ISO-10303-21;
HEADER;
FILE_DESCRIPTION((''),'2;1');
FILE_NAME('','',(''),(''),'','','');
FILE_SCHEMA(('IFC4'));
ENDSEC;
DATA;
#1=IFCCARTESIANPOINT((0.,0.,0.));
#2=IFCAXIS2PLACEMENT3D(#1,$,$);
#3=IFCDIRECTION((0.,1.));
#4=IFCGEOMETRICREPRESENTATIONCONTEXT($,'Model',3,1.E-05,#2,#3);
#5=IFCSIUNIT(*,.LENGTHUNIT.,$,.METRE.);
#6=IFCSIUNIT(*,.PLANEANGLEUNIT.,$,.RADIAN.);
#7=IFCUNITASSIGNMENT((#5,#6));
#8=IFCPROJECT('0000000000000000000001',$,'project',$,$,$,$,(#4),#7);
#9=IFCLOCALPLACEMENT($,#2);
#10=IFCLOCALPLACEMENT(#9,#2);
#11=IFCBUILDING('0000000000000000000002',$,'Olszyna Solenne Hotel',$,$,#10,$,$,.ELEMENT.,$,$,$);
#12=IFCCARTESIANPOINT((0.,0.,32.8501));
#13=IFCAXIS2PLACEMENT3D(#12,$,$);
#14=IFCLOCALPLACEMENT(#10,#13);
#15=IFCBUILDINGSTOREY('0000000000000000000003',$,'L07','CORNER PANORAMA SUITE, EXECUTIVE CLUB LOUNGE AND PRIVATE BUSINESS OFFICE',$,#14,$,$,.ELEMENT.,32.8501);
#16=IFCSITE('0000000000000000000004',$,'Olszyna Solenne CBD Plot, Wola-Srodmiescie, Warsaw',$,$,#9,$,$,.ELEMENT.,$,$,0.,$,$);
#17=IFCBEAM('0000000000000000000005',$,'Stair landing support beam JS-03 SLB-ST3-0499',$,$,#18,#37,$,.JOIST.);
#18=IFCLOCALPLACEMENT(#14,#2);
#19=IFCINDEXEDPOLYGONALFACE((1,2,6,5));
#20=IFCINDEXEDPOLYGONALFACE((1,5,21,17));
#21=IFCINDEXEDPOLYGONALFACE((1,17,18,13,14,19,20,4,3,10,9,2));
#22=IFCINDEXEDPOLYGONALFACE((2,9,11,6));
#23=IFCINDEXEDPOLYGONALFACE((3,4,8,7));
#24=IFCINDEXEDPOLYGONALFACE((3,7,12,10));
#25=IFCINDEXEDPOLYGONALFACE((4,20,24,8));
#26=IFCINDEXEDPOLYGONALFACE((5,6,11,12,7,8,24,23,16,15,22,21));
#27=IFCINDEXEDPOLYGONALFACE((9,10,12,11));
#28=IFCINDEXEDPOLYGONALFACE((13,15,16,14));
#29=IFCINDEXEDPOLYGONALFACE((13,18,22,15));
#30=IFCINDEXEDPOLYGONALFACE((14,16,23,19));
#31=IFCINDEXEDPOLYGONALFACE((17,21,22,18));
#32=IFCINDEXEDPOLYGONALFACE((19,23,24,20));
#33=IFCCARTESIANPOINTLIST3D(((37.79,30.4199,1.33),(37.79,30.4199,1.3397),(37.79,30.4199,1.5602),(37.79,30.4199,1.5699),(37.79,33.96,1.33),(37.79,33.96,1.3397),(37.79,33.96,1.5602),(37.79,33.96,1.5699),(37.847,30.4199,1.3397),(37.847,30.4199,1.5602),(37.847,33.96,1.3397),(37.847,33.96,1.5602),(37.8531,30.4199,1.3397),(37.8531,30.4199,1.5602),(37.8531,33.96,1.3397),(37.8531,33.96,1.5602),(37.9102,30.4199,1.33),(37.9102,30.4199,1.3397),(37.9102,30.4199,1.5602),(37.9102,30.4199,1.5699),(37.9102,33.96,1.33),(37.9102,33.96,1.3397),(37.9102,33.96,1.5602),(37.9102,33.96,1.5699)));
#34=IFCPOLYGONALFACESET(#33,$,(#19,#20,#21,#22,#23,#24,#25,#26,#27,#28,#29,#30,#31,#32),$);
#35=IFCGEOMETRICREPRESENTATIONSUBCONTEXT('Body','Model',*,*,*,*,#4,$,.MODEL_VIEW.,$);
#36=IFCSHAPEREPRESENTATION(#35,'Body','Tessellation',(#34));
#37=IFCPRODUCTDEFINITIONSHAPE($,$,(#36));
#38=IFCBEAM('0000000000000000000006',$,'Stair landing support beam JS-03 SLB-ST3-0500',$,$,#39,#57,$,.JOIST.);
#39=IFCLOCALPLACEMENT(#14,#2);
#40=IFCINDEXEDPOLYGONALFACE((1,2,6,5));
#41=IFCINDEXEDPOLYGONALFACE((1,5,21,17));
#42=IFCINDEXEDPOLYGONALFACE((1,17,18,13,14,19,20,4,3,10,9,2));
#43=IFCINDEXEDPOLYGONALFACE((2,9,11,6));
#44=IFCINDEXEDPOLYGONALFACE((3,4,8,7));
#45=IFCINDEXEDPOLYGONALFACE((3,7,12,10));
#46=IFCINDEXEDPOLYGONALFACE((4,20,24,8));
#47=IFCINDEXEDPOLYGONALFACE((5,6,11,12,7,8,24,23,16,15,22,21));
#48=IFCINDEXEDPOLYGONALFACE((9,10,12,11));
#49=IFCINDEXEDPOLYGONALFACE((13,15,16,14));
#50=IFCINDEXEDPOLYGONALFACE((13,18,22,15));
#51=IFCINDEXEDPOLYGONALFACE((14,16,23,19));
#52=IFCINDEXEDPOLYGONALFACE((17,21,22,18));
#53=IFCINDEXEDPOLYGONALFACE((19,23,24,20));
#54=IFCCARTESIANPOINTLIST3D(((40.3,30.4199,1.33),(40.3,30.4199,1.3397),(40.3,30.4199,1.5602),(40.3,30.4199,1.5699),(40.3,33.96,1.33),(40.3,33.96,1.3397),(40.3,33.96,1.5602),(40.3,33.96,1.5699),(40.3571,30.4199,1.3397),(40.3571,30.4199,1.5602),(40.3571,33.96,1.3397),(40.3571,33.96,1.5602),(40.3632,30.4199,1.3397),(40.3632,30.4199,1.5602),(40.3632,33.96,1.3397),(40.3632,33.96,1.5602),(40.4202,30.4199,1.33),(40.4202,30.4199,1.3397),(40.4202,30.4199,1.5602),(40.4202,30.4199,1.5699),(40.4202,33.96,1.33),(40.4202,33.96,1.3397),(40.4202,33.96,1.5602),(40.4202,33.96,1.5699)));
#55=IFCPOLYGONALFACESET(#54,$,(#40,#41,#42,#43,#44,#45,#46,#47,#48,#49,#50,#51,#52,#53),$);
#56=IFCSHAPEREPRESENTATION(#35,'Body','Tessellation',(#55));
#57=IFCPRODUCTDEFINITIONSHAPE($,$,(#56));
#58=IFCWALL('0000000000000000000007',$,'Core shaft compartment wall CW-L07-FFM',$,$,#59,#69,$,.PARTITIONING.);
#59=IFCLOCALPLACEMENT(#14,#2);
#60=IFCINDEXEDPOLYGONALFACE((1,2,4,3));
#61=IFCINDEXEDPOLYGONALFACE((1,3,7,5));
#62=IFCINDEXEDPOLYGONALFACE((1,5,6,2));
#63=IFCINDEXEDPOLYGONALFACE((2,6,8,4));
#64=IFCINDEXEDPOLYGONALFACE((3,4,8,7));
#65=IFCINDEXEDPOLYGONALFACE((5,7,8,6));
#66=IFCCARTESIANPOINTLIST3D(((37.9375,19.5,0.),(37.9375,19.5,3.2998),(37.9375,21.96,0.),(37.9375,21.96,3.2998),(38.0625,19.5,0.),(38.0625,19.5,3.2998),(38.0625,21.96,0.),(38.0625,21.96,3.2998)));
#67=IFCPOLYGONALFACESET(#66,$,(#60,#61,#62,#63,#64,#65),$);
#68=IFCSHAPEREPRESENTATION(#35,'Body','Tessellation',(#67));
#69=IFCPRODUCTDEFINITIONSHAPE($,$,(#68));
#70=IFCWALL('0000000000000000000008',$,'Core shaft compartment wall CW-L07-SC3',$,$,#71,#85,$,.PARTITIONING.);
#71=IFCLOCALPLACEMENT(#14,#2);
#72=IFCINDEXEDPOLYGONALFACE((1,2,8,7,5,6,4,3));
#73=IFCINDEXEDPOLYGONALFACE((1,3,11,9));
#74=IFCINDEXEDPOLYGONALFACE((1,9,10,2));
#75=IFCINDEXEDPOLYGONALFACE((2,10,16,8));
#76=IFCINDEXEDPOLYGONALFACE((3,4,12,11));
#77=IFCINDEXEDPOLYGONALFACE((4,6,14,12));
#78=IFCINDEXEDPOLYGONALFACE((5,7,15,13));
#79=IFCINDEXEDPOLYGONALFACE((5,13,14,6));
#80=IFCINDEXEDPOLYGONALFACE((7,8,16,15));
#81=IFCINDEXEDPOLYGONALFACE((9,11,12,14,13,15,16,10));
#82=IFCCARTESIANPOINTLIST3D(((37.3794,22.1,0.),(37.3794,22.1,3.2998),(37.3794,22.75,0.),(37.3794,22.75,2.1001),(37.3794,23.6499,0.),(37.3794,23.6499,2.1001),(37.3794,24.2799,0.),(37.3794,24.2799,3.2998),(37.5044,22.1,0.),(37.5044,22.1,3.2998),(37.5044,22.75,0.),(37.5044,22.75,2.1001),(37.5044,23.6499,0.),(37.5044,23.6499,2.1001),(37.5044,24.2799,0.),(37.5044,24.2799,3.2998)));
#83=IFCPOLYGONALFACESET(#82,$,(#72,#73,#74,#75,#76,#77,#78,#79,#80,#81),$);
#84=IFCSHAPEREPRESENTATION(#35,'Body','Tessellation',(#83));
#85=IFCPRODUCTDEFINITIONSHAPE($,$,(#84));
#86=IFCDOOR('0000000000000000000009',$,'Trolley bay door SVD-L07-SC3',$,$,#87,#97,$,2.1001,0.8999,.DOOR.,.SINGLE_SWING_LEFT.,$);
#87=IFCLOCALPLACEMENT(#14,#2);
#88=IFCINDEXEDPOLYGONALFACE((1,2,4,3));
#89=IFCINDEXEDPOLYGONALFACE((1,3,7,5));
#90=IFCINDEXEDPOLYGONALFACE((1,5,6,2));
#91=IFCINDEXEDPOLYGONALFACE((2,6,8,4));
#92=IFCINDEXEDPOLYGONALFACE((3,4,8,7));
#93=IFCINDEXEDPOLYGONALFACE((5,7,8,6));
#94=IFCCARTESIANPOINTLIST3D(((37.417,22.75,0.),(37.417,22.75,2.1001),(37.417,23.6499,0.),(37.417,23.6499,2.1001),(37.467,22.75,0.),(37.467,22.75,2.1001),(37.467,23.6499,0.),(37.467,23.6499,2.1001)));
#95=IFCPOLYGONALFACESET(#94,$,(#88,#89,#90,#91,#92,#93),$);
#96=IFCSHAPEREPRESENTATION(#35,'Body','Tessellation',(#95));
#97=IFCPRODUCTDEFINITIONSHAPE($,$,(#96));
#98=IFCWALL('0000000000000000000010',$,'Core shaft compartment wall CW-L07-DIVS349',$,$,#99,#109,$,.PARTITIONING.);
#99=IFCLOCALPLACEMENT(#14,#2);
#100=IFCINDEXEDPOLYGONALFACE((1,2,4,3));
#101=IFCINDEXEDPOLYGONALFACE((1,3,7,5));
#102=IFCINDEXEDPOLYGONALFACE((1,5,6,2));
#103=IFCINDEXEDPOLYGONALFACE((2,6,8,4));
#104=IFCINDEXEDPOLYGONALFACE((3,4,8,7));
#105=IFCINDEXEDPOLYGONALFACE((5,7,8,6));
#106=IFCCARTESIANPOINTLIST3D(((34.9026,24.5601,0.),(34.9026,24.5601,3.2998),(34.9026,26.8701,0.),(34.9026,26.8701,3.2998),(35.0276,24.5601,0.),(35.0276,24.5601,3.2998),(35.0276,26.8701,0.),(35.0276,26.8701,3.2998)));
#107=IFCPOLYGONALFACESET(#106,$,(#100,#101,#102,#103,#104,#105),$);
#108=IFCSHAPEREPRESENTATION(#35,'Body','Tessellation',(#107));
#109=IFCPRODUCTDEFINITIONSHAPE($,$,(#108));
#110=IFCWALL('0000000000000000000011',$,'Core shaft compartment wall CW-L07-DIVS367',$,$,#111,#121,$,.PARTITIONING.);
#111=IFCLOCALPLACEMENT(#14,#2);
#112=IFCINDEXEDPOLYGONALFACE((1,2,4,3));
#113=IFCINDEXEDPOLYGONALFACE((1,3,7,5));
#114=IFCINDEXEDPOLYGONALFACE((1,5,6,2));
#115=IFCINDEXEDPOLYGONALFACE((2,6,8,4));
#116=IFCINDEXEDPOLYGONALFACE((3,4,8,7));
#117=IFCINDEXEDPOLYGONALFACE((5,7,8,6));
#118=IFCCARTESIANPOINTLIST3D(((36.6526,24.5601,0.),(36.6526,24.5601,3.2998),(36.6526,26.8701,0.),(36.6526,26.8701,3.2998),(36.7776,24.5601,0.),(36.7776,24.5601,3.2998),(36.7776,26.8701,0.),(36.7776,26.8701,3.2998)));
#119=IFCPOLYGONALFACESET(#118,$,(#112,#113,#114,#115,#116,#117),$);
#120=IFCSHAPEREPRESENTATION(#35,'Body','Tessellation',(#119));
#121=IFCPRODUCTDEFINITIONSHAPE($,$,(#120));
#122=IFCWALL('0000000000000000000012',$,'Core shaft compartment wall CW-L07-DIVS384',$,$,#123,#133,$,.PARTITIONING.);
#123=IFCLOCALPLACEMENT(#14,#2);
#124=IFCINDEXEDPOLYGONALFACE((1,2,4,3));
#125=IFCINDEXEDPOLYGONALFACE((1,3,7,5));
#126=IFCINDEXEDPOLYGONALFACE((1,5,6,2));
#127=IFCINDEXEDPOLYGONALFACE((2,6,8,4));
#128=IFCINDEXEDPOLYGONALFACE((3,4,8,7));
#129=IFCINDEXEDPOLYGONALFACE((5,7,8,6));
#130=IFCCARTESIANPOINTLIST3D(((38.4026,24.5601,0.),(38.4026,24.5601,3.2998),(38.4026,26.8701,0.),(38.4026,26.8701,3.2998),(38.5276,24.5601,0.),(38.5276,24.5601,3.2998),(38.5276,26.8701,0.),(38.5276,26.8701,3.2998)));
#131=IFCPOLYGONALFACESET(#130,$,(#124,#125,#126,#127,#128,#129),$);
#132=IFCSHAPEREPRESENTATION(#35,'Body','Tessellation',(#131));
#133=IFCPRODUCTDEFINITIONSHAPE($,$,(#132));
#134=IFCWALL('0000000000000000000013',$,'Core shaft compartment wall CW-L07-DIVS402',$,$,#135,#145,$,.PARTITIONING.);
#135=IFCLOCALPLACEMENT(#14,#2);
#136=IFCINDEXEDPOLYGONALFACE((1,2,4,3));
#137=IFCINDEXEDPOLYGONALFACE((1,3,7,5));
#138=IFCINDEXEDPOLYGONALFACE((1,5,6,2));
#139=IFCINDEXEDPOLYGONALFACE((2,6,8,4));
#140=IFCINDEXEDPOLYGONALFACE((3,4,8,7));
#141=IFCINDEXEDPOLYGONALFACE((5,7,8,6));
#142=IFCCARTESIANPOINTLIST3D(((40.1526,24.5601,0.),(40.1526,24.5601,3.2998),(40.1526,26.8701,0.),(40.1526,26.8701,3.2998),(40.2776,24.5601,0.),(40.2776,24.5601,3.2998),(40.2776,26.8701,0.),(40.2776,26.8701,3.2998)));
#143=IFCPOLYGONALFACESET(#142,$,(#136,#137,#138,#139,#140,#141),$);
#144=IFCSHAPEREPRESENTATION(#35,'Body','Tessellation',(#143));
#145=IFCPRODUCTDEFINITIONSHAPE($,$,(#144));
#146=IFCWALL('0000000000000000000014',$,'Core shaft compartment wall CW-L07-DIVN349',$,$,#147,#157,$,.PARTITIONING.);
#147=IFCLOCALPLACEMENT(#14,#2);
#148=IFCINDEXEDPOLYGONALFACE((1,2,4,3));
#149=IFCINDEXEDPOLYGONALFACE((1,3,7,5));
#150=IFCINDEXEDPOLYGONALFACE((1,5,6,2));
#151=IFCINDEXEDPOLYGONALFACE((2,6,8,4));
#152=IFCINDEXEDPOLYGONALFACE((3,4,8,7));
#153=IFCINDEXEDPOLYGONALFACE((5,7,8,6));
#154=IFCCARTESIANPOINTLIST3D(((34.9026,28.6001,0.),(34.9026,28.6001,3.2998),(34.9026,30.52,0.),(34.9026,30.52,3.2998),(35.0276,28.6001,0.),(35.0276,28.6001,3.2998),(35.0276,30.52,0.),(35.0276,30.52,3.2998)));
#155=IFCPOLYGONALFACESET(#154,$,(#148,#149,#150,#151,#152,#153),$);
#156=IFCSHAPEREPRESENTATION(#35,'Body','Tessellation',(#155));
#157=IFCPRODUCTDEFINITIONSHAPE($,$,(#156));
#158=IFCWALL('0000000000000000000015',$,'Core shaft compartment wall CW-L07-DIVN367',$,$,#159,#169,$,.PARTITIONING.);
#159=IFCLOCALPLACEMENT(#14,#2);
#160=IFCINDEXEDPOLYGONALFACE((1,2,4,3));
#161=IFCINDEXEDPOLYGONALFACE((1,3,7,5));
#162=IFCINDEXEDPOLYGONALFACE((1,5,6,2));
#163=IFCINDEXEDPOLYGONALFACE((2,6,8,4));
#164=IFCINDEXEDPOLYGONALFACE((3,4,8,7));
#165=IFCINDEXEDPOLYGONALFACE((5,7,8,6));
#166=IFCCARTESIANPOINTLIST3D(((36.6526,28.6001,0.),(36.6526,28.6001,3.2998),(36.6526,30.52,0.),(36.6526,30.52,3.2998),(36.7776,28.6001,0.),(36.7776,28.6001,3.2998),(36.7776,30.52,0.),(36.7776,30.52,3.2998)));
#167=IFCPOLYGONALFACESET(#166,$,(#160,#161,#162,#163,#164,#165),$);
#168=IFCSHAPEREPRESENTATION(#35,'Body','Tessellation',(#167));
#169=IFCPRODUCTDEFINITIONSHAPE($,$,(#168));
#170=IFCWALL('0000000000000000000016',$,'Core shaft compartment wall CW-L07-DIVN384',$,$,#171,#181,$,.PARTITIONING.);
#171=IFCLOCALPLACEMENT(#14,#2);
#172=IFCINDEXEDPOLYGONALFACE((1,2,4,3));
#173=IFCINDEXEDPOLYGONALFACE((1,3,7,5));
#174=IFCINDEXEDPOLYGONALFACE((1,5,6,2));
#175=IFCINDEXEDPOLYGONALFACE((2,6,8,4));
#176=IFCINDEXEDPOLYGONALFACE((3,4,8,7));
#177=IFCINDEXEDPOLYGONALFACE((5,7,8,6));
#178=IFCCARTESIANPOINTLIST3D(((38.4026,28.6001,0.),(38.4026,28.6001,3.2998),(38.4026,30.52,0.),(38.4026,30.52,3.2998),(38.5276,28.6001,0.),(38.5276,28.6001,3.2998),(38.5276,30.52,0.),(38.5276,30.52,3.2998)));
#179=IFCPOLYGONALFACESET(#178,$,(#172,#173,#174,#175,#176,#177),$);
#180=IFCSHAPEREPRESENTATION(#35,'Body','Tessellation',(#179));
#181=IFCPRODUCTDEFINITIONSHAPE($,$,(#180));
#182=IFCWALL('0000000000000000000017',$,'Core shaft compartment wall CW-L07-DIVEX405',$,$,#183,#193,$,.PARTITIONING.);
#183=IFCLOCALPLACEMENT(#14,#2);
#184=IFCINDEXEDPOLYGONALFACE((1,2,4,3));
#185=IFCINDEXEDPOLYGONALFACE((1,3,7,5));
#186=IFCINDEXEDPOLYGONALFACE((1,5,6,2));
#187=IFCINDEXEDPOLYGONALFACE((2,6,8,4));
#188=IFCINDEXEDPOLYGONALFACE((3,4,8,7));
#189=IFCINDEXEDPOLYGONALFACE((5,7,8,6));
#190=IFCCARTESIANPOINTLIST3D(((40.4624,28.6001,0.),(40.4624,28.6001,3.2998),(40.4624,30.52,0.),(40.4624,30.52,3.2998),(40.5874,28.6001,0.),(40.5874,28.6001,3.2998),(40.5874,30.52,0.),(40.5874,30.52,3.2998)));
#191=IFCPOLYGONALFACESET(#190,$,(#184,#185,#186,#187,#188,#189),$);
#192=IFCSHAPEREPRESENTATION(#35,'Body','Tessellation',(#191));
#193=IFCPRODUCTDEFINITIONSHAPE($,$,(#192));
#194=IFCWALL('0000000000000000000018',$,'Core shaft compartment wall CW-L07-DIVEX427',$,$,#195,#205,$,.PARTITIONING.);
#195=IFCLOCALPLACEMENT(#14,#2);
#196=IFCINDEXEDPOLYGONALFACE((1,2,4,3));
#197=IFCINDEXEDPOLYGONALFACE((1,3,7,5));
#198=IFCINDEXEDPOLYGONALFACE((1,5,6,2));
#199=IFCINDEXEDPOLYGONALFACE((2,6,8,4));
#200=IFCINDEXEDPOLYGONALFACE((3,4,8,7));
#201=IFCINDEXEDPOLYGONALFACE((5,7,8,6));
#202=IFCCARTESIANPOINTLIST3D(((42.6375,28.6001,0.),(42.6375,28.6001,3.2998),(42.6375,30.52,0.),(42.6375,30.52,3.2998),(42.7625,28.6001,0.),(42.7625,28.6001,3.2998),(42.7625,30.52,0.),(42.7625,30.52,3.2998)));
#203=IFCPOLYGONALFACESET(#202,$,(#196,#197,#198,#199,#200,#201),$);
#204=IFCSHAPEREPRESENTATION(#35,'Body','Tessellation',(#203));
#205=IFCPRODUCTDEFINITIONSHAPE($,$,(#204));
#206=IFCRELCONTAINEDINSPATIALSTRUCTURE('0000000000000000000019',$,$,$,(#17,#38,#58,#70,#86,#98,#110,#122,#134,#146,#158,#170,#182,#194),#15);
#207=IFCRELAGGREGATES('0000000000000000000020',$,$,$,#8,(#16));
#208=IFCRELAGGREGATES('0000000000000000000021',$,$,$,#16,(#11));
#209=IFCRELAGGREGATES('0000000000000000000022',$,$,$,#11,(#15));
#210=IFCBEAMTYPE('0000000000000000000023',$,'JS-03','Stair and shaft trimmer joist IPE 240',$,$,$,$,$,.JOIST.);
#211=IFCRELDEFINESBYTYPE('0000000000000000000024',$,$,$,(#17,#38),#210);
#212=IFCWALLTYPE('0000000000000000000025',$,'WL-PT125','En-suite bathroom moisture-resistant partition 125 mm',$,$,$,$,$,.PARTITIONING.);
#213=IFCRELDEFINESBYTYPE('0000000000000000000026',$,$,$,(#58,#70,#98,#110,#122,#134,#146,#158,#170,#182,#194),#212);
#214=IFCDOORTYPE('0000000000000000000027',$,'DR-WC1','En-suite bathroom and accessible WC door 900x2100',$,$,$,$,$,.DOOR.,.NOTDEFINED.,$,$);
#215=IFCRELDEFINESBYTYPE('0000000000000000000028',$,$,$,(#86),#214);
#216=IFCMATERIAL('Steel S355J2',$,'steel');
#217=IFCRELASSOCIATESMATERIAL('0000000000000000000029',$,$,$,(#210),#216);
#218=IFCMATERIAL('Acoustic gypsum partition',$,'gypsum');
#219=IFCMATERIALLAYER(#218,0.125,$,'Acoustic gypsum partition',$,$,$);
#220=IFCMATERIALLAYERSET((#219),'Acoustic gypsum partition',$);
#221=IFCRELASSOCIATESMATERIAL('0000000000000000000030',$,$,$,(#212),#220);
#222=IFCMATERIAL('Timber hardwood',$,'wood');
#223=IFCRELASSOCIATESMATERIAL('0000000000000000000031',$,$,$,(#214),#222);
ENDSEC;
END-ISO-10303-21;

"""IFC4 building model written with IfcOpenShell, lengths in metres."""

from ifc_helpers import new_model, si_unit, direction, frame, frame_2d, origin, origin_2d, place, context, subcontext, project, spatial, rectangle, i_section, extrude, source, transform, mapped, material, layer, layer_set, material_profile, profile_set, type_object, type_shapes, element, fill, save


model = new_model("IFC4")

# Units and contexts
model_context = context("Model", 3, precision=1e-05, world=origin(), true_north=direction((0.0, 1.0)))
body_context = subcontext(model_context, "Body", "Model", "MODEL_VIEW")
ifc_project = project(units=[si_unit("LENGTHUNIT", "METRE"), si_unit("PLANEANGLEUNIT", "RADIAN")], contexts=[model_context])

# Site, building, storey
site_placement = place(None, origin())
site = spatial("IfcSite", under=ifc_project, at=site_placement, Name="Olszyna Solenne CBD Plot, Wola-Srodmiescie, Warsaw", CompositionType="ELEMENT", RefElevation=0.0)
building_placement = place(site_placement, origin())
building = spatial("IfcBuilding", under=site, at=building_placement, Name="Olszyna Solenne Hotel", CompositionType="ELEMENT")
storey_placement = place(building_placement, frame((0.0, 0.0, 32.8501)))
storey = spatial("IfcBuildingStorey", under=building, at=storey_placement, Name="L07", Description="CORNER PANORAMA SUITE, EXECUTIVE CLUB LOUNGE AND PRIVATE BUSINESS OFFICE", CompositionType="ELEMENT", Elevation=32.8501)

# Beams
ifc_material_1 = material(Name="Steel S355J2", Category="steel")
ifc_material_profile = material_profile(ifc_material_1, i_section(OverallWidth=0.1201, OverallDepth=0.24, WebThickness=0.0061, FlangeThickness=0.0098, at=origin_2d()), Name="IPE 240", Category="load-bearing")
ifc_profile_set = profile_set([ifc_material_profile], Name="Steel S355J2")
beam_type = type_object("IfcBeamType", Name="JS-03", Description="Stair and shaft trimmer joist IPE 240", PredefinedType="JOIST", material=ifc_profile_set)
shared_shape_1 = source(origin(), body_context, "Body", "SweptSolid", [
    extrude(i_section(OverallWidth=0.1201, OverallDepth=0.24, WebThickness=0.0061, FlangeThickness=0.0098, at=origin_2d()), origin(), (0.0, 0.0, 1.0), 3.54),
])
for number, where, z_axis, x_axis, name in (
    (1, (37.8501, 30.4199, 1.45), (0.0, 1.0, 0.0), (-1.0, 0.0, 0.0), "Stair landing support beam JS-03 SLB-ST3-0499"),
    (2, (40.3601, 30.4199, 1.45), (0.0, 1.0, 0.0), (-1.0, 0.0, 0.0), "Stair landing support beam JS-03 SLB-ST3-0500"),
):
    element("IfcBeam", number, at=place(storey_placement, frame(where, z_axis=z_axis, x_axis=x_axis)), inside=storey, type_object=beam_type, Name=name, PredefinedType="JOIST", context=body_context, shape_type="MappedRepresentation", body=[
        mapped(shared_shape_1, transform((0.0, 0.0, 0.0), x_axis=(1.0, 0.0, 0.0), y_axis=(0.0, 1.0, 0.0), z_axis=(0.0, 0.0, 1.0), scale=1.0)),
    ])

# Wall
ifc_material_2 = material(Name="Acoustic gypsum partition", Category="gypsum")
ifc_layer_1 = layer(ifc_material_2, 0.125, Name="Acoustic gypsum partition")
ifc_layer_set_1 = layer_set([ifc_layer_1], Name="Acoustic gypsum partition")
wall_type_1 = type_object("IfcWallType", Name="WL-PT125", Description="En-suite bathroom moisture-resistant partition 125 mm", PredefinedType="PARTITIONING", material=ifc_layer_set_1)
wall_1_placement = place(storey_placement, frame((38.0, 19.5, 0.0), z_axis=(0.0, 0.0, 1.0), x_axis=(0.0, 1.0, 0.0)))
element("IfcWall", 3, at=wall_1_placement, inside=storey, type_object=wall_type_1, Name="Core shaft compartment wall CW-L07-FFM", PredefinedType="PARTITIONING", context=body_context, shape_type="SweptSolid", body=[
    extrude(rectangle(XDim=2.46, YDim=0.125, at=frame_2d((1.23, 0.0))), origin(), (0.0, 0.0, 1.0), 3.2998),
])

# Wall, opening, door
wall_2_placement = place(storey_placement, frame((37.4419, 22.1001, 0.0), z_axis=(0.0, 0.0, 1.0), x_axis=(0.0, 1.0, 0.0)))
wall_2 = element("IfcWall", 4, at=wall_2_placement, inside=storey, type_object=wall_type_1, Name="Core shaft compartment wall CW-L07-SC3", PredefinedType="PARTITIONING", context=body_context, shape_type="SweptSolid", body=[
    extrude(rectangle(XDim=2.1799, YDim=0.125, at=frame_2d((1.0898, 0.0))), origin(), (0.0, 0.0, 1.0), 3.2998),
])
opening_1_placement = place(wall_2_placement, frame((0.6499, 0.0, 0.0)))
opening_1 = element("IfcOpeningElement", 5, at=opening_1_placement, cuts=wall_2, PredefinedType="OPENING", context=body_context, shape_type="SweptSolid", body=[
    extrude(rectangle(XDim=0.8999, YDim=2.1001, at=frame_2d((0.45, 1.05))), frame((0.0, 0.0725, 0.0), z_axis=(0.0, -1.0, 0.0), x_axis=(1.0, 0.0, 0.0)), (0.0, 0.0, 1.0), 0.145),
])
ifc_material_3 = material(Name="Timber hardwood", Category="wood")
door_type_1 = type_object("IfcDoorType", Name="DR-WC1", Description="En-suite bathroom and accessible WC door 900x2100", OperationType="NOTDEFINED", PredefinedType="DOOR", material=ifc_material_3)
shared_shape_2 = source(origin(), body_context, "Body", "SweptSolid", [
    extrude(rectangle(XDim=0.8999, YDim=2.1001, at=frame_2d((0.45, 1.05))), frame((0.0, 0.0249, 0.0), z_axis=(0.0, -1.0, 0.0), x_axis=(1.0, 0.0, 0.0)), (0.0, 0.0, 1.0), 0.05),
])
type_shapes(door_type_1, [shared_shape_2])
door_1_placement = place(opening_1_placement, origin())
door_1 = element("IfcDoor", 6, at=door_1_placement, inside=storey, type_object=door_type_1, Name="Trolley bay door SVD-L07-SC3", OperationType="SINGLE_SWING_LEFT", OverallHeight=2.1001, OverallWidth=0.8999, PredefinedType="DOOR", context=body_context, shape_type="MappedRepresentation", body=[
    mapped(shared_shape_2, transform((0.0, 0.0, 0.0), x_axis=(1.0, 0.0, 0.0), y_axis=(0.0, 1.0, 0.0), z_axis=(0.0, 0.0, 1.0), scale=1.0)),
])
fill(opening_1, door_1)

# Walls
for number, where, z_axis, x_axis, name in (
    (7, (34.9651, 24.5601, 0.0), (0.0, 0.0, 1.0), (0.0, 1.0, 0.0), "Core shaft compartment wall CW-L07-DIVS349"),
    (8, (36.7151, 24.5601, 0.0), (0.0, 0.0, 1.0), (0.0, 1.0, 0.0), "Core shaft compartment wall CW-L07-DIVS367"),
    (9, (38.4651, 24.5601, 0.0), (0.0, 0.0, 1.0), (0.0, 1.0, 0.0), "Core shaft compartment wall CW-L07-DIVS384"),
    (10, (40.2151, 24.5601, 0.0), (0.0, 0.0, 1.0), (0.0, 1.0, 0.0), "Core shaft compartment wall CW-L07-DIVS402"),
):
    element("IfcWall", number, at=place(storey_placement, frame(where, z_axis=z_axis, x_axis=x_axis)), inside=storey, type_object=wall_type_1, Name=name, PredefinedType="PARTITIONING", context=body_context, shape_type="SweptSolid", body=[
        extrude(rectangle(XDim=2.3101, YDim=0.125, at=frame_2d((1.155, 0.0))), origin(), (0.0, 0.0, 1.0), 3.2998),
    ])
for number, where, z_axis, x_axis, name in (
    (11, (34.9651, 28.6001, 0.0), (0.0, 0.0, 1.0), (0.0, 1.0, 0.0), "Core shaft compartment wall CW-L07-DIVN349"),
    (12, (36.7151, 28.6001, 0.0), (0.0, 0.0, 1.0), (0.0, 1.0, 0.0), "Core shaft compartment wall CW-L07-DIVN367"),
    (13, (38.4651, 28.6001, 0.0), (0.0, 0.0, 1.0), (0.0, 1.0, 0.0), "Core shaft compartment wall CW-L07-DIVN384"),
    (14, (40.5249, 28.6001, 0.0), (0.0, 0.0, 1.0), (0.0, 1.0, 0.0), "Core shaft compartment wall CW-L07-DIVEX405"),
    (15, (42.7, 28.6001, 0.0), (0.0, 0.0, 1.0), (0.0, 1.0, 0.0), "Core shaft compartment wall CW-L07-DIVEX427"),
):
    element("IfcWall", number, at=place(storey_placement, frame(where, z_axis=z_axis, x_axis=x_axis)), inside=storey, type_object=wall_type_1, Name=name, PredefinedType="PARTITIONING", context=body_context, shape_type="SweptSolid", body=[
        extrude(rectangle(XDim=1.9199, YDim=0.125, at=frame_2d((0.96, 0.0))), origin(), (0.0, 0.0, 1.0), 3.2998),
    ])

save(model, "model.ifc")
